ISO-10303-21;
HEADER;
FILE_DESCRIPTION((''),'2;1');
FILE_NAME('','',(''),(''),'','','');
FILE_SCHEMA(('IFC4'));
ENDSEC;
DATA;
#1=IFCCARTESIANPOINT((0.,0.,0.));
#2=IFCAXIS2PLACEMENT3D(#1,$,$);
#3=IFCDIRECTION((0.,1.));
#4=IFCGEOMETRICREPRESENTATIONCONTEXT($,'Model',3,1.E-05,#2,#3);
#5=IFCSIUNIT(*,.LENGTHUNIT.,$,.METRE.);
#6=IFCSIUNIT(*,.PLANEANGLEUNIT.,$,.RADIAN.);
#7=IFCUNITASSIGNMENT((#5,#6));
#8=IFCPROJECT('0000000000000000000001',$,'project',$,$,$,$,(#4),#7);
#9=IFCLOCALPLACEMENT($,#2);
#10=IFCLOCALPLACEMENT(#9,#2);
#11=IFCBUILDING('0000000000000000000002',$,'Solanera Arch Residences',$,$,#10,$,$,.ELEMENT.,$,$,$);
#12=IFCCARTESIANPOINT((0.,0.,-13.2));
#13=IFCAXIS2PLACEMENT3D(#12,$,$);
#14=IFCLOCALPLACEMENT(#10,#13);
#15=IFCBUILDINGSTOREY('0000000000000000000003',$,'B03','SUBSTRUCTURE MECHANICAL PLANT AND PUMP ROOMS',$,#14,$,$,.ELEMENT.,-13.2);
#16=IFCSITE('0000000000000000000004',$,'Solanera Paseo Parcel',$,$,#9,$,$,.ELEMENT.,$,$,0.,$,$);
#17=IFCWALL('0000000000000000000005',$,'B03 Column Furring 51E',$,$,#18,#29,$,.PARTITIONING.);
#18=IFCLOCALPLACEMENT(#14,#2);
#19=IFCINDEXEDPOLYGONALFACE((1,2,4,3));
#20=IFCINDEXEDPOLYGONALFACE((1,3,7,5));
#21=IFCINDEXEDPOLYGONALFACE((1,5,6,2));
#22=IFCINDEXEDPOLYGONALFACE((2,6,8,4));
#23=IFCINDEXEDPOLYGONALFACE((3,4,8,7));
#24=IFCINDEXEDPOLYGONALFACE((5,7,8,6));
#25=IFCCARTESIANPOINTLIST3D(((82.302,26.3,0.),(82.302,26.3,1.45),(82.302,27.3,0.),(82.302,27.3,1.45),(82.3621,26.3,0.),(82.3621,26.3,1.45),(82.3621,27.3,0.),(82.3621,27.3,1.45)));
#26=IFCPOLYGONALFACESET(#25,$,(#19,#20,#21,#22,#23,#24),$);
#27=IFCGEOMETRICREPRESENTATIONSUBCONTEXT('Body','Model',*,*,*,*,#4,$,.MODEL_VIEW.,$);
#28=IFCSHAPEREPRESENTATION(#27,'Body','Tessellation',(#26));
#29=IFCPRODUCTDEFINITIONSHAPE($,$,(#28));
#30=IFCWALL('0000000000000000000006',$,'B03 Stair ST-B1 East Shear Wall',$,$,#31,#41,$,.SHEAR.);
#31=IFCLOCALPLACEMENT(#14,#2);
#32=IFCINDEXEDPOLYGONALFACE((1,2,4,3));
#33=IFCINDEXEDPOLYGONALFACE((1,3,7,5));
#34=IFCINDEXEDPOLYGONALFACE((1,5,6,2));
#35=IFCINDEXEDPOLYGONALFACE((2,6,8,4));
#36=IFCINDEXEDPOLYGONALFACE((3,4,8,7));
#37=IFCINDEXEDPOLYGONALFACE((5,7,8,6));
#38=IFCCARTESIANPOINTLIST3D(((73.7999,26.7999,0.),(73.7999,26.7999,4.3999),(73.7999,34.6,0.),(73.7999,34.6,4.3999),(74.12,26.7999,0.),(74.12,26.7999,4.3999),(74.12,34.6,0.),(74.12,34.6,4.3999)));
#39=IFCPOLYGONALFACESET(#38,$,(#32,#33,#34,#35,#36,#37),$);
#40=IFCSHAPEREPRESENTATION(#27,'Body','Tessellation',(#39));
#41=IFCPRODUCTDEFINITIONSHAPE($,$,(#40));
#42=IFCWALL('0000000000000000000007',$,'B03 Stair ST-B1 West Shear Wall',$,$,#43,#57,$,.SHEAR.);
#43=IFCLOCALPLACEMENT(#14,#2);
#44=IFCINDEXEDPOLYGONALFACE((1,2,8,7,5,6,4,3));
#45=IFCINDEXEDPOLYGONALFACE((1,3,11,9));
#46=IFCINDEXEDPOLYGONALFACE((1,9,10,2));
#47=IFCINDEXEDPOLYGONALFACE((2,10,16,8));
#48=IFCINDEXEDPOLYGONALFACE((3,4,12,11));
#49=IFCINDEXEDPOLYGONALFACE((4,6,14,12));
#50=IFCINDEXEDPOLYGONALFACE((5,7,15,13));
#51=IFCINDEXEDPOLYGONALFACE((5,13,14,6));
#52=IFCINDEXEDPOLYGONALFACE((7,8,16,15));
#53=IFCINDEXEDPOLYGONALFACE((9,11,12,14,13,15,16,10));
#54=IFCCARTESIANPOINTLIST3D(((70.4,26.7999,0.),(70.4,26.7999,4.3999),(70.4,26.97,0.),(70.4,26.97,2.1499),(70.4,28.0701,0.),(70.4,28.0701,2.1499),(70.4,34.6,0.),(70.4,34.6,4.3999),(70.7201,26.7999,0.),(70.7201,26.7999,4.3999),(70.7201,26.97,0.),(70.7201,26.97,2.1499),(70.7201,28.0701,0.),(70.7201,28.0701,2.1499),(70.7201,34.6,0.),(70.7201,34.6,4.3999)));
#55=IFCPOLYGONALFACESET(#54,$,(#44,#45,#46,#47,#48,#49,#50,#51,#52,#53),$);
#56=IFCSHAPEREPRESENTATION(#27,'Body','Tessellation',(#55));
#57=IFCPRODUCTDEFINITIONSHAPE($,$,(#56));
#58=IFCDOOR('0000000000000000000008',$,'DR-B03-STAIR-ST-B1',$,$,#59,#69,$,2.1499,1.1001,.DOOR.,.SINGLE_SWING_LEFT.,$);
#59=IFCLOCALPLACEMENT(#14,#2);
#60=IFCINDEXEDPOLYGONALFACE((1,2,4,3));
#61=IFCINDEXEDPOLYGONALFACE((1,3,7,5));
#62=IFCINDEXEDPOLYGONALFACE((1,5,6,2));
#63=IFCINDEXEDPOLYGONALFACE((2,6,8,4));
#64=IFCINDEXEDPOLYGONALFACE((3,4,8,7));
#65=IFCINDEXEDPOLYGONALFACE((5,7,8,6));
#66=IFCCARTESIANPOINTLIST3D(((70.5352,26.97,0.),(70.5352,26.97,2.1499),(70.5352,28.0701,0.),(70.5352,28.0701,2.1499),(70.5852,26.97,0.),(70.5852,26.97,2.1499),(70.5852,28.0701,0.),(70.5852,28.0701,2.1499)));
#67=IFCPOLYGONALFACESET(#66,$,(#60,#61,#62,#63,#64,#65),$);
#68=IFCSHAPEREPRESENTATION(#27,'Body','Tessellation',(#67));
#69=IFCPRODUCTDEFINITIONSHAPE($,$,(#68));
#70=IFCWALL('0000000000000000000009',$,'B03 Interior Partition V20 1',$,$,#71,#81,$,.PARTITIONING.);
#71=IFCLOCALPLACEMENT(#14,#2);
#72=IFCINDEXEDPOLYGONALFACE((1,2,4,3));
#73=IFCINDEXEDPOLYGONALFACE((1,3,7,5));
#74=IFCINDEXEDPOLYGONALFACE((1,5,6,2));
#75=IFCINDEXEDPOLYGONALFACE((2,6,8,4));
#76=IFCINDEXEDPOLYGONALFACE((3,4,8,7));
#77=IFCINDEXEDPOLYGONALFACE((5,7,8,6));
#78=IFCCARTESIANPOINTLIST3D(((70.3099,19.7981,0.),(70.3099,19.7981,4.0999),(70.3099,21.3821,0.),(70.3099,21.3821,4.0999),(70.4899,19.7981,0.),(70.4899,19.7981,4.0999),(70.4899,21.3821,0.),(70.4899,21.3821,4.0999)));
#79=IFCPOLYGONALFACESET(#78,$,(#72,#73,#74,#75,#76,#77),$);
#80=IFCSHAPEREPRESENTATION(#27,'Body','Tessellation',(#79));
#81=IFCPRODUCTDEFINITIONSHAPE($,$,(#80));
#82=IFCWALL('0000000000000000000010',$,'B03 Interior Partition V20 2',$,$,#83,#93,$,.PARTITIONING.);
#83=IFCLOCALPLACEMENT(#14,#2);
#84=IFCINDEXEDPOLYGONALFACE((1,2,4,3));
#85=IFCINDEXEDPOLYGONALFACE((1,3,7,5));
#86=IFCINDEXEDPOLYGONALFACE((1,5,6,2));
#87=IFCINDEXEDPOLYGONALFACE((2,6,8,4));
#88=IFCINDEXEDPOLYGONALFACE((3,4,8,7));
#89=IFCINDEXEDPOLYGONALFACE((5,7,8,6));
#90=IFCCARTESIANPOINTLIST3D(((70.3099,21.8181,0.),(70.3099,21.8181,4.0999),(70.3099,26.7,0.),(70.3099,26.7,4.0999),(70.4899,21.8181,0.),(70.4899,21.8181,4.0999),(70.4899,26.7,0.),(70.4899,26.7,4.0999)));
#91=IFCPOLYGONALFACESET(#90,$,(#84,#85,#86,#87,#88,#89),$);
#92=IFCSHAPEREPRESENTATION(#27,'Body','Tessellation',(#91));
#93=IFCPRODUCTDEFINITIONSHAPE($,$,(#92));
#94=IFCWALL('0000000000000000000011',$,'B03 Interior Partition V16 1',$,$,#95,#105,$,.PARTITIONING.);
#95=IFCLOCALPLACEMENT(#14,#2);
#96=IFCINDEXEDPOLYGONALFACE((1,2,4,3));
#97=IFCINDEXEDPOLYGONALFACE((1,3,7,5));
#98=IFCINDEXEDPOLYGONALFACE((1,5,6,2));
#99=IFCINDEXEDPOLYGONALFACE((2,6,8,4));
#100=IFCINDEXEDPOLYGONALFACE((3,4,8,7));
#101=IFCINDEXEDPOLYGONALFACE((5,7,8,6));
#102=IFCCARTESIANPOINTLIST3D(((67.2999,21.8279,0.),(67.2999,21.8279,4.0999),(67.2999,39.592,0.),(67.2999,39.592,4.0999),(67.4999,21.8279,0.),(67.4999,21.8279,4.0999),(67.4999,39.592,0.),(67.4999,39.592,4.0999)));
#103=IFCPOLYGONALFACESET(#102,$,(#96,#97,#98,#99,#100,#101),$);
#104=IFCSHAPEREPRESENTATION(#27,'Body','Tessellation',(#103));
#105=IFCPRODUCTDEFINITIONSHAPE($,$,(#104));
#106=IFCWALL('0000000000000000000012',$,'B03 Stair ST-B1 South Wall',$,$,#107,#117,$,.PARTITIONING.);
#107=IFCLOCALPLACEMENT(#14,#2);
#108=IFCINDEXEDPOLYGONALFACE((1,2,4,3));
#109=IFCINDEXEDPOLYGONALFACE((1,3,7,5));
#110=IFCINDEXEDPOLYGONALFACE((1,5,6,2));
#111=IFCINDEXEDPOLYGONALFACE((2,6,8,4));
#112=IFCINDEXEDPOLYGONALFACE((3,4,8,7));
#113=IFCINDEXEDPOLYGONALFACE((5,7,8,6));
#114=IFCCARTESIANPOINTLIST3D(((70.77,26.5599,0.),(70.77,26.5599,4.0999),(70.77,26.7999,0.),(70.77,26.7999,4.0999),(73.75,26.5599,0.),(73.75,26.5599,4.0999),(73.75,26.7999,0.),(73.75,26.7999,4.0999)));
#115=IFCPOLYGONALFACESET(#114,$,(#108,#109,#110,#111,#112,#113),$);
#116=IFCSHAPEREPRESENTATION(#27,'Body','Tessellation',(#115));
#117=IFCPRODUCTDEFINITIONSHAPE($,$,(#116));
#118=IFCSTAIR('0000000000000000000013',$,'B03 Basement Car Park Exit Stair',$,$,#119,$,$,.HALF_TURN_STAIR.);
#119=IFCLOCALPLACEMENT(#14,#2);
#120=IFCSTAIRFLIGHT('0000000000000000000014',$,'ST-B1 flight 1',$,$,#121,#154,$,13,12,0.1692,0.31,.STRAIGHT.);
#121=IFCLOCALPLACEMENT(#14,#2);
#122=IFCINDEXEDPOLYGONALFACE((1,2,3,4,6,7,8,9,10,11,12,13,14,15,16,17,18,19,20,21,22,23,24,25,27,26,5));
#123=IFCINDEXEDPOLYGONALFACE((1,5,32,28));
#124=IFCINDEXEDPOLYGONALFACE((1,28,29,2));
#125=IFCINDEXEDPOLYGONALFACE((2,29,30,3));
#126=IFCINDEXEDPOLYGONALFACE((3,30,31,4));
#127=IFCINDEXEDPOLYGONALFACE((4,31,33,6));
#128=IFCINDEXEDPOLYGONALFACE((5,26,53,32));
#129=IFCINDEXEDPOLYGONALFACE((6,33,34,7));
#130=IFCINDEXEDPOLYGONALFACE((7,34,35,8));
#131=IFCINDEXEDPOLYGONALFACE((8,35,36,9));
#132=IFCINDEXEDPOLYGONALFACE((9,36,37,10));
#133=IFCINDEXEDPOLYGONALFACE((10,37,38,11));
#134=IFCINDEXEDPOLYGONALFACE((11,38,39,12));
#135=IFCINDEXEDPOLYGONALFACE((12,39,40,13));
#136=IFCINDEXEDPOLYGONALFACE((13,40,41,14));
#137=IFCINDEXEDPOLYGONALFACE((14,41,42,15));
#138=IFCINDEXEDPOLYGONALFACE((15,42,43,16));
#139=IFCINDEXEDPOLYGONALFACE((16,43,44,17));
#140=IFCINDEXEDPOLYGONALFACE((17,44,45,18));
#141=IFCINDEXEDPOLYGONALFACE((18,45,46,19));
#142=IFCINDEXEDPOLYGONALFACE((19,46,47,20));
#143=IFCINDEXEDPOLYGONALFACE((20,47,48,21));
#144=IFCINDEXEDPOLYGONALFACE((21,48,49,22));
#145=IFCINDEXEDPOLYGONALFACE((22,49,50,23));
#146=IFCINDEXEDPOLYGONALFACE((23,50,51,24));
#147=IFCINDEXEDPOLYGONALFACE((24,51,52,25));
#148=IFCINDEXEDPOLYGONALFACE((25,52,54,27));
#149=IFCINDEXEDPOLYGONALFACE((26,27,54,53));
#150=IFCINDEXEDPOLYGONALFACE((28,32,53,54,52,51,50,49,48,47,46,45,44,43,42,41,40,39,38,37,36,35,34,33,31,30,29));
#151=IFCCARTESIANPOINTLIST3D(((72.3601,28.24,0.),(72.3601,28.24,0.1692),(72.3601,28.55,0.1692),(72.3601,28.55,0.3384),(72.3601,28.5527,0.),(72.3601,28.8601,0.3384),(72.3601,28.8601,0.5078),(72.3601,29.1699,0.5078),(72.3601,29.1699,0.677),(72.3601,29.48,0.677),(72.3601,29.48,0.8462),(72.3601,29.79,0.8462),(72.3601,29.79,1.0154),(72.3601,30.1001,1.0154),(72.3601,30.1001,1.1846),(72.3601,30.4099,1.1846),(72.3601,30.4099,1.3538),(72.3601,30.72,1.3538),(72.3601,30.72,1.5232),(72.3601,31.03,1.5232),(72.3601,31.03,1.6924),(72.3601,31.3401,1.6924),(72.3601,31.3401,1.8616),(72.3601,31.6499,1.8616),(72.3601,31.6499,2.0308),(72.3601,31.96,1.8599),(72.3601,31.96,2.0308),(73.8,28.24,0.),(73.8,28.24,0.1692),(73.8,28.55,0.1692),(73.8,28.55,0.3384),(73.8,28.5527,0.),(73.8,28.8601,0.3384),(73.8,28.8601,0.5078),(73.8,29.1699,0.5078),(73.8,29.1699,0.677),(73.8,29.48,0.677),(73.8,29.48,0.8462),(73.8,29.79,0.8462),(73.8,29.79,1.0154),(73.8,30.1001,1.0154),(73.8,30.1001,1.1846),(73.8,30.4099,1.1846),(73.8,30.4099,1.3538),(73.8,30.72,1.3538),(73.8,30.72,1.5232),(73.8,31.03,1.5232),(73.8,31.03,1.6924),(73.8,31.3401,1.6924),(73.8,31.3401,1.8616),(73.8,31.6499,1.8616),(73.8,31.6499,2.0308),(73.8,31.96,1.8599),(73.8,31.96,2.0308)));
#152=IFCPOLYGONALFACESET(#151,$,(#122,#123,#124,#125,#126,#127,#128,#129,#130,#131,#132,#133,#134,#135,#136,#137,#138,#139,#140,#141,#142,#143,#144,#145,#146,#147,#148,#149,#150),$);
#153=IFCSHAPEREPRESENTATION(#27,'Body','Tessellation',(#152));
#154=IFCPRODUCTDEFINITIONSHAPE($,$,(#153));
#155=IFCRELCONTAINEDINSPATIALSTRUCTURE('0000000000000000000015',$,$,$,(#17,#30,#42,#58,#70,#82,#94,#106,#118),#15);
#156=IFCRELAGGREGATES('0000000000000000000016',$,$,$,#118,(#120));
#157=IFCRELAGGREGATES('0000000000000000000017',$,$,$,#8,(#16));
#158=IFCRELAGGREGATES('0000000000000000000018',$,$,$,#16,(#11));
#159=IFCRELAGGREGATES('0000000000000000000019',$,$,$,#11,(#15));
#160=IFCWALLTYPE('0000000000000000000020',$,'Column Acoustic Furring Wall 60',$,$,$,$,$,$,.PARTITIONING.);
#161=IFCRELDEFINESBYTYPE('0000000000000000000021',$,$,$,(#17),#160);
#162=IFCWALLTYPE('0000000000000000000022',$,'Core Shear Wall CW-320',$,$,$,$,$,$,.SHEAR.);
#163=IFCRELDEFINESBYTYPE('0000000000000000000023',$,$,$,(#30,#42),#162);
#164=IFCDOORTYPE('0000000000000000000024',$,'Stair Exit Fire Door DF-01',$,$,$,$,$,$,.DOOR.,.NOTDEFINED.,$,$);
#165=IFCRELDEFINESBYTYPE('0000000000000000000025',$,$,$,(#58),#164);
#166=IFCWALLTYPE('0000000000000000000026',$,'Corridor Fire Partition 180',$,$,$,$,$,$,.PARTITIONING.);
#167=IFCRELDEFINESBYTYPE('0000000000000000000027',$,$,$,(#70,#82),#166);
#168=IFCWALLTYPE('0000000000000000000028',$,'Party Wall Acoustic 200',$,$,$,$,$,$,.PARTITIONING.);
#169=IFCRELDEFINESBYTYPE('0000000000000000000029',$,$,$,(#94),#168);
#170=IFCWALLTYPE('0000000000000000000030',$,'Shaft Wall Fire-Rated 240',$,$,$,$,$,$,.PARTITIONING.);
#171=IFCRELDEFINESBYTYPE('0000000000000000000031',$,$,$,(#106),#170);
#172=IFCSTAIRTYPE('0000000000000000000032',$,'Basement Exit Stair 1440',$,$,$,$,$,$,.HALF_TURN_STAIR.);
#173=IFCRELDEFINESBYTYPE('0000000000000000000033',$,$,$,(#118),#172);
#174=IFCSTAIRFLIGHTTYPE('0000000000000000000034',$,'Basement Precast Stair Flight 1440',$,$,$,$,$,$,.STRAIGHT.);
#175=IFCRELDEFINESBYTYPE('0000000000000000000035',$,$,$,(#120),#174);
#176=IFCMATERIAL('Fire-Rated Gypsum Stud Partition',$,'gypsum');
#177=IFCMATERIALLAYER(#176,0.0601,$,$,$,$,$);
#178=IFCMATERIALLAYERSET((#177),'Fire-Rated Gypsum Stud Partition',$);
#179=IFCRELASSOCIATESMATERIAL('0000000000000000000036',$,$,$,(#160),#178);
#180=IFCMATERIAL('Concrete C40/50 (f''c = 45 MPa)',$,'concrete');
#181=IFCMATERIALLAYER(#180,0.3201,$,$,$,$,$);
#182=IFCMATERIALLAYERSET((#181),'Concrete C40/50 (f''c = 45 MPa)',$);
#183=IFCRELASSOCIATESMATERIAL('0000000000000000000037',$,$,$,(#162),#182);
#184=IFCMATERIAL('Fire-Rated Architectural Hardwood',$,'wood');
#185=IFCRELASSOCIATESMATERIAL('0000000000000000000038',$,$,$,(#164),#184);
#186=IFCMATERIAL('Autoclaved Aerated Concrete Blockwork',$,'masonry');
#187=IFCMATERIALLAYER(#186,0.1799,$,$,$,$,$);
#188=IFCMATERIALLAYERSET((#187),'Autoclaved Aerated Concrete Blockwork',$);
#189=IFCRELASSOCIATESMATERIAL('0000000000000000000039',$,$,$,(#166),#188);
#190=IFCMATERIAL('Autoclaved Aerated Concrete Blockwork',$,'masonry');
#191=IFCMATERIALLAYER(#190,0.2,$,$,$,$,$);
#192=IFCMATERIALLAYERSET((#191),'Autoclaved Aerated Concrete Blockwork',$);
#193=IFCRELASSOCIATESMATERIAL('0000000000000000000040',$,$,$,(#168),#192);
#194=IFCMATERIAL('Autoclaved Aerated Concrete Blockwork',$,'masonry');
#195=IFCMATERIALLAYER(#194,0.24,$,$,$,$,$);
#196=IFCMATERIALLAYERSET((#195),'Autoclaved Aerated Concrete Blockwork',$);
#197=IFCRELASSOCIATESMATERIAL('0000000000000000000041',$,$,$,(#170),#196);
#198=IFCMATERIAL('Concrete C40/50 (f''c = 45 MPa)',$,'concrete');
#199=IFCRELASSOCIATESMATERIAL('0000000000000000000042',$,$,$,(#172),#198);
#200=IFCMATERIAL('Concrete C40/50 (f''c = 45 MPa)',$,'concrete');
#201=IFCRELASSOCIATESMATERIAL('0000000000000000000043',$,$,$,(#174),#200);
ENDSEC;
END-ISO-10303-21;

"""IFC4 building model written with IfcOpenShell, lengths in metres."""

from ifc_helpers import new_model, si_unit, direction, frame, frame_2d, origin, place, context, subcontext, project, spatial, polyline, rectangle, outline, extrude, material, layer, layer_set, type_object, element, fill, aggregate, save


model = new_model("IFC4")

# Units and contexts
model_context = context("Model", 3, precision=1e-05, world=origin(), true_north=direction((0.0, 1.0)))
body_context = subcontext(model_context, "Body", "Model", "MODEL_VIEW")
ifc_project = project(units=[si_unit("LENGTHUNIT", "METRE"), si_unit("PLANEANGLEUNIT", "RADIAN")], contexts=[model_context])

# Site, building, storey
site_placement = place(None, origin())
site = spatial("IfcSite", under=ifc_project, at=site_placement, Name="Solanera Paseo Parcel", CompositionType="ELEMENT", RefElevation=0.0)
building_placement = place(site_placement, origin())
building = spatial("IfcBuilding", under=site, at=building_placement, Name="Solanera Arch Residences", CompositionType="ELEMENT")
storey_placement = place(building_placement, frame((0.0, 0.0, -13.2)))
storey = spatial("IfcBuildingStorey", under=building, at=storey_placement, Name="B03", Description="SUBSTRUCTURE MECHANICAL PLANT AND PUMP ROOMS", CompositionType="ELEMENT", Elevation=-13.2)

# Walls
ifc_material_1 = material(Name="Fire-Rated Gypsum Stud Partition", Category="gypsum")
ifc_layer_1 = layer(ifc_material_1, 0.0601)
ifc_layer_set_1 = layer_set([ifc_layer_1], Name="Fire-Rated Gypsum Stud Partition")
wall_type_1 = type_object("IfcWallType", Name="Column Acoustic Furring Wall 60", PredefinedType="PARTITIONING", material=ifc_layer_set_1)
for number, where, z_axis, x_axis, name in (
    (1, (82.332, 26.3, 0.0), (0.0, 0.0, 1.0), (0.0, 1.0, 0.0), "B03 Column Furring 51E"),
):
    element("IfcWall", number, at=place(storey_placement, frame(where, z_axis=z_axis, x_axis=x_axis)), inside=storey, type_object=wall_type_1, Name=name, PredefinedType="PARTITIONING", context=body_context, shape_type="SweptSolid", body=[
        extrude(rectangle(XDim=1.0, YDim=0.0601, at=frame_2d((0.5, 0.0))), origin(), (0.0, 0.0, 1.0), 1.45),
    ])
ifc_material_2 = material(Name="Concrete C40/50 (f'c = 45 MPa)", Category="concrete")
ifc_layer_2 = layer(ifc_material_2, 0.3201)
ifc_layer_set_2 = layer_set([ifc_layer_2], Name="Concrete C40/50 (f'c = 45 MPa)")
wall_type_2 = type_object("IfcWallType", Name="Core Shear Wall CW-320", PredefinedType="SHEAR", material=ifc_layer_set_2)
wall_1_placement = place(storey_placement, frame((73.96, 26.8, 0.0), z_axis=(0.0, 0.0, 1.0), x_axis=(0.0, 1.0, 0.0)))
element("IfcWall", 2, at=wall_1_placement, inside=storey, type_object=wall_type_2, Name="B03 Stair ST-B1 East Shear Wall", PredefinedType="SHEAR", context=body_context, shape_type="SweptSolid", body=[
    extrude(rectangle(XDim=7.8, YDim=0.3201, at=frame_2d((3.8999, 0.0))), origin(), (0.0, 0.0, 1.0), 4.3999),
])

# Wall, opening, door
wall_2_placement = place(storey_placement, frame((70.5601, 26.8, 0.0), z_axis=(0.0, 0.0, 1.0), x_axis=(0.0, 1.0, 0.0)))
wall_2 = element("IfcWall", 3, at=wall_2_placement, inside=storey, type_object=wall_type_2, Name="B03 Stair ST-B1 West Shear Wall", PredefinedType="SHEAR", context=body_context, shape_type="SweptSolid", body=[
    extrude(rectangle(XDim=7.8, YDim=0.3201, at=frame_2d((3.8999, 0.0))), origin(), (0.0, 0.0, 1.0), 4.3999),
])
opening_placement = place(wall_2_placement, frame((0.1699, 0.0, 0.0)))
opening = element("IfcOpeningElement", 4, at=opening_placement, cuts=wall_2, PredefinedType="OPENING", context=body_context, shape_type="SweptSolid", body=[
    extrude(rectangle(XDim=1.1001, YDim=2.1499, at=frame_2d((0.55, 1.075))), frame((0.0, 0.1699, 0.0), z_axis=(0.0, -1.0, 0.0), x_axis=(1.0, 0.0, 0.0)), (0.0, 0.0, 1.0), 0.3401),
])
ifc_material_3 = material(Name="Fire-Rated Architectural Hardwood", Category="wood")
door_type = type_object("IfcDoorType", Name="Stair Exit Fire Door DF-01", OperationType="NOTDEFINED", PredefinedType="DOOR", material=ifc_material_3)
door_placement = place(opening_placement, origin())
door = element("IfcDoor", 5, at=door_placement, inside=storey, type_object=door_type, Name="DR-B03-STAIR-ST-B1", OperationType="SINGLE_SWING_LEFT", OverallHeight=2.1499, OverallWidth=1.1001, PredefinedType="DOOR", context=body_context, shape_type="SweptSolid", body=[
    extrude(rectangle(XDim=1.1001, YDim=2.1499, at=frame_2d((0.55, 1.075))), frame((0.0, 0.0249, 0.0), z_axis=(0.0, -1.0, 0.0), x_axis=(1.0, 0.0, 0.0)), (0.0, 0.0, 1.0), 0.05),
])
fill(opening, door)

# Walls
ifc_material_4 = material(Name="Autoclaved Aerated Concrete Blockwork", Category="masonry")
ifc_layer_3 = layer(ifc_material_4, 0.1799)
ifc_layer_set_3 = layer_set([ifc_layer_3], Name="Autoclaved Aerated Concrete Blockwork")
wall_type_3 = type_object("IfcWallType", Name="Corridor Fire Partition 180", PredefinedType="PARTITIONING", material=ifc_layer_set_3)
wall_3_placement = place(storey_placement, frame((70.3999, 19.7981, 0.0), z_axis=(0.0, 0.0, 1.0), x_axis=(0.0, 1.0, 0.0)))
element("IfcWall", 6, at=wall_3_placement, inside=storey, type_object=wall_type_3, Name="B03 Interior Partition V20 1", PredefinedType="PARTITIONING", context=body_context, shape_type="SweptSolid", body=[
    extrude(rectangle(XDim=1.584, YDim=0.1799, at=frame_2d((0.792, 0.0))), origin(), (0.0, 0.0, 1.0), 4.0999),
])
wall_4_placement = place(storey_placement, frame((70.3999, 21.8181, 0.0), z_axis=(0.0, 0.0, 1.0), x_axis=(0.0, 1.0, 0.0)))
element("IfcWall", 7, at=wall_4_placement, inside=storey, type_object=wall_type_3, Name="B03 Interior Partition V20 2", PredefinedType="PARTITIONING", context=body_context, shape_type="SweptSolid", body=[
    extrude(rectangle(XDim=4.8818, YDim=0.1799, at=frame_2d((2.4409, 0.0))), origin(), (0.0, 0.0, 1.0), 4.0999),
])
ifc_material_5 = material(Name="Autoclaved Aerated Concrete Blockwork", Category="masonry")
ifc_layer_4 = layer(ifc_material_5, 0.2)
ifc_layer_set_4 = layer_set([ifc_layer_4], Name="Autoclaved Aerated Concrete Blockwork")
wall_type_4 = type_object("IfcWallType", Name="Party Wall Acoustic 200", PredefinedType="PARTITIONING", material=ifc_layer_set_4)
wall_5_placement = place(storey_placement, frame((67.3999, 21.8279, 0.0), z_axis=(0.0, 0.0, 1.0), x_axis=(0.0, 1.0, 0.0)))
element("IfcWall", 8, at=wall_5_placement, inside=storey, type_object=wall_type_4, Name="B03 Interior Partition V16 1", PredefinedType="PARTITIONING", context=body_context, shape_type="SweptSolid", body=[
    extrude(rectangle(XDim=17.7642, YDim=0.2, at=frame_2d((8.8821, 0.0))), origin(), (0.0, 0.0, 1.0), 4.0999),
])
ifc_material_6 = material(Name="Autoclaved Aerated Concrete Blockwork", Category="masonry")
ifc_layer_5 = layer(ifc_material_6, 0.24)
ifc_layer_set_5 = layer_set([ifc_layer_5], Name="Autoclaved Aerated Concrete Blockwork")
wall_type_5 = type_object("IfcWallType", Name="Shaft Wall Fire-Rated 240", PredefinedType="PARTITIONING", material=ifc_layer_set_5)
wall_6_placement = place(storey_placement, frame((70.77, 26.6799, 0.0), z_axis=(0.0, 0.0, 1.0), x_axis=(1.0, 0.0, 0.0)))
element("IfcWall", 9, at=wall_6_placement, inside=storey, type_object=wall_type_5, Name="B03 Stair ST-B1 South Wall", PredefinedType="PARTITIONING", context=body_context, shape_type="SweptSolid", body=[
    extrude(rectangle(XDim=2.98, YDim=0.24, at=frame_2d((1.49, 0.0))), origin(), (0.0, 0.0, 1.0), 4.0999),
])

# Stair, stair flight
ifc_material_7 = material(Name="Concrete C40/50 (f'c = 45 MPa)", Category="concrete")
stair_type = type_object("IfcStairType", Name="Basement Exit Stair 1440", PredefinedType="HALF_TURN_STAIR", material=ifc_material_7)
stair_placement = place(storey_placement, origin())
stair = element("IfcStair", 10, at=stair_placement, inside=storey, type_object=stair_type, Name="B03 Basement Car Park Exit Stair", PredefinedType="HALF_TURN_STAIR")
ifc_material_8 = material(Name="Concrete C40/50 (f'c = 45 MPa)", Category="concrete")
stair_flight_type = type_object("IfcStairFlightType", Name="Basement Precast Stair Flight 1440", PredefinedType="STRAIGHT", material=ifc_material_8)
stair_flight_placement = place(storey_placement, frame((73.0801, 28.24, 0.0), z_axis=(0.0, 0.0, 1.0), x_axis=(0.0, 1.0, 0.0)))
stair_flight = element("IfcStairFlight", 11, at=stair_flight_placement, type_object=stair_flight_type, Name="ST-B1 flight 1", NumberOfRisers=13, NumberOfTreads=12, PredefinedType="STRAIGHT", RiserHeight=0.1692, TreadLength=0.31, context=body_context, shape_type="SweptSolid", body=[
    extrude(outline(polyline([(0.0, 0.0), (0.0, 0.1692), (0.3101, 0.1692), (0.3101, 0.3384), (0.6201, 0.3384), (0.6201, 0.5078), (0.9299, 0.5078), (0.9299, 0.677), (1.24, 0.677), (1.24, 0.8462), (1.55, 0.8462), (1.55, 1.0154), (1.8601, 1.0154), (1.8601, 1.1846), (2.1699, 1.1846), (2.1699, 1.3538), (2.48, 1.3538), (2.48, 1.5232), (2.79, 1.5232), (2.79, 1.6924), (3.1001, 1.6924), (3.1001, 1.8616), (3.4099, 1.8616), (3.4099, 2.0308), (3.72, 2.0308), (3.72, 2.2), (3.72, 1.8599), (0.3127, 0.0), (0.0, 0.0)])), frame((0.0, 0.72, 0.0), z_axis=(0.0, -1.0, 0.0), x_axis=(1.0, 0.0, 0.0)), (0.0, 0.0, 1.0), 1.4399),
])
aggregate(stair, [stair_flight])

save(model, "model.ifc")
